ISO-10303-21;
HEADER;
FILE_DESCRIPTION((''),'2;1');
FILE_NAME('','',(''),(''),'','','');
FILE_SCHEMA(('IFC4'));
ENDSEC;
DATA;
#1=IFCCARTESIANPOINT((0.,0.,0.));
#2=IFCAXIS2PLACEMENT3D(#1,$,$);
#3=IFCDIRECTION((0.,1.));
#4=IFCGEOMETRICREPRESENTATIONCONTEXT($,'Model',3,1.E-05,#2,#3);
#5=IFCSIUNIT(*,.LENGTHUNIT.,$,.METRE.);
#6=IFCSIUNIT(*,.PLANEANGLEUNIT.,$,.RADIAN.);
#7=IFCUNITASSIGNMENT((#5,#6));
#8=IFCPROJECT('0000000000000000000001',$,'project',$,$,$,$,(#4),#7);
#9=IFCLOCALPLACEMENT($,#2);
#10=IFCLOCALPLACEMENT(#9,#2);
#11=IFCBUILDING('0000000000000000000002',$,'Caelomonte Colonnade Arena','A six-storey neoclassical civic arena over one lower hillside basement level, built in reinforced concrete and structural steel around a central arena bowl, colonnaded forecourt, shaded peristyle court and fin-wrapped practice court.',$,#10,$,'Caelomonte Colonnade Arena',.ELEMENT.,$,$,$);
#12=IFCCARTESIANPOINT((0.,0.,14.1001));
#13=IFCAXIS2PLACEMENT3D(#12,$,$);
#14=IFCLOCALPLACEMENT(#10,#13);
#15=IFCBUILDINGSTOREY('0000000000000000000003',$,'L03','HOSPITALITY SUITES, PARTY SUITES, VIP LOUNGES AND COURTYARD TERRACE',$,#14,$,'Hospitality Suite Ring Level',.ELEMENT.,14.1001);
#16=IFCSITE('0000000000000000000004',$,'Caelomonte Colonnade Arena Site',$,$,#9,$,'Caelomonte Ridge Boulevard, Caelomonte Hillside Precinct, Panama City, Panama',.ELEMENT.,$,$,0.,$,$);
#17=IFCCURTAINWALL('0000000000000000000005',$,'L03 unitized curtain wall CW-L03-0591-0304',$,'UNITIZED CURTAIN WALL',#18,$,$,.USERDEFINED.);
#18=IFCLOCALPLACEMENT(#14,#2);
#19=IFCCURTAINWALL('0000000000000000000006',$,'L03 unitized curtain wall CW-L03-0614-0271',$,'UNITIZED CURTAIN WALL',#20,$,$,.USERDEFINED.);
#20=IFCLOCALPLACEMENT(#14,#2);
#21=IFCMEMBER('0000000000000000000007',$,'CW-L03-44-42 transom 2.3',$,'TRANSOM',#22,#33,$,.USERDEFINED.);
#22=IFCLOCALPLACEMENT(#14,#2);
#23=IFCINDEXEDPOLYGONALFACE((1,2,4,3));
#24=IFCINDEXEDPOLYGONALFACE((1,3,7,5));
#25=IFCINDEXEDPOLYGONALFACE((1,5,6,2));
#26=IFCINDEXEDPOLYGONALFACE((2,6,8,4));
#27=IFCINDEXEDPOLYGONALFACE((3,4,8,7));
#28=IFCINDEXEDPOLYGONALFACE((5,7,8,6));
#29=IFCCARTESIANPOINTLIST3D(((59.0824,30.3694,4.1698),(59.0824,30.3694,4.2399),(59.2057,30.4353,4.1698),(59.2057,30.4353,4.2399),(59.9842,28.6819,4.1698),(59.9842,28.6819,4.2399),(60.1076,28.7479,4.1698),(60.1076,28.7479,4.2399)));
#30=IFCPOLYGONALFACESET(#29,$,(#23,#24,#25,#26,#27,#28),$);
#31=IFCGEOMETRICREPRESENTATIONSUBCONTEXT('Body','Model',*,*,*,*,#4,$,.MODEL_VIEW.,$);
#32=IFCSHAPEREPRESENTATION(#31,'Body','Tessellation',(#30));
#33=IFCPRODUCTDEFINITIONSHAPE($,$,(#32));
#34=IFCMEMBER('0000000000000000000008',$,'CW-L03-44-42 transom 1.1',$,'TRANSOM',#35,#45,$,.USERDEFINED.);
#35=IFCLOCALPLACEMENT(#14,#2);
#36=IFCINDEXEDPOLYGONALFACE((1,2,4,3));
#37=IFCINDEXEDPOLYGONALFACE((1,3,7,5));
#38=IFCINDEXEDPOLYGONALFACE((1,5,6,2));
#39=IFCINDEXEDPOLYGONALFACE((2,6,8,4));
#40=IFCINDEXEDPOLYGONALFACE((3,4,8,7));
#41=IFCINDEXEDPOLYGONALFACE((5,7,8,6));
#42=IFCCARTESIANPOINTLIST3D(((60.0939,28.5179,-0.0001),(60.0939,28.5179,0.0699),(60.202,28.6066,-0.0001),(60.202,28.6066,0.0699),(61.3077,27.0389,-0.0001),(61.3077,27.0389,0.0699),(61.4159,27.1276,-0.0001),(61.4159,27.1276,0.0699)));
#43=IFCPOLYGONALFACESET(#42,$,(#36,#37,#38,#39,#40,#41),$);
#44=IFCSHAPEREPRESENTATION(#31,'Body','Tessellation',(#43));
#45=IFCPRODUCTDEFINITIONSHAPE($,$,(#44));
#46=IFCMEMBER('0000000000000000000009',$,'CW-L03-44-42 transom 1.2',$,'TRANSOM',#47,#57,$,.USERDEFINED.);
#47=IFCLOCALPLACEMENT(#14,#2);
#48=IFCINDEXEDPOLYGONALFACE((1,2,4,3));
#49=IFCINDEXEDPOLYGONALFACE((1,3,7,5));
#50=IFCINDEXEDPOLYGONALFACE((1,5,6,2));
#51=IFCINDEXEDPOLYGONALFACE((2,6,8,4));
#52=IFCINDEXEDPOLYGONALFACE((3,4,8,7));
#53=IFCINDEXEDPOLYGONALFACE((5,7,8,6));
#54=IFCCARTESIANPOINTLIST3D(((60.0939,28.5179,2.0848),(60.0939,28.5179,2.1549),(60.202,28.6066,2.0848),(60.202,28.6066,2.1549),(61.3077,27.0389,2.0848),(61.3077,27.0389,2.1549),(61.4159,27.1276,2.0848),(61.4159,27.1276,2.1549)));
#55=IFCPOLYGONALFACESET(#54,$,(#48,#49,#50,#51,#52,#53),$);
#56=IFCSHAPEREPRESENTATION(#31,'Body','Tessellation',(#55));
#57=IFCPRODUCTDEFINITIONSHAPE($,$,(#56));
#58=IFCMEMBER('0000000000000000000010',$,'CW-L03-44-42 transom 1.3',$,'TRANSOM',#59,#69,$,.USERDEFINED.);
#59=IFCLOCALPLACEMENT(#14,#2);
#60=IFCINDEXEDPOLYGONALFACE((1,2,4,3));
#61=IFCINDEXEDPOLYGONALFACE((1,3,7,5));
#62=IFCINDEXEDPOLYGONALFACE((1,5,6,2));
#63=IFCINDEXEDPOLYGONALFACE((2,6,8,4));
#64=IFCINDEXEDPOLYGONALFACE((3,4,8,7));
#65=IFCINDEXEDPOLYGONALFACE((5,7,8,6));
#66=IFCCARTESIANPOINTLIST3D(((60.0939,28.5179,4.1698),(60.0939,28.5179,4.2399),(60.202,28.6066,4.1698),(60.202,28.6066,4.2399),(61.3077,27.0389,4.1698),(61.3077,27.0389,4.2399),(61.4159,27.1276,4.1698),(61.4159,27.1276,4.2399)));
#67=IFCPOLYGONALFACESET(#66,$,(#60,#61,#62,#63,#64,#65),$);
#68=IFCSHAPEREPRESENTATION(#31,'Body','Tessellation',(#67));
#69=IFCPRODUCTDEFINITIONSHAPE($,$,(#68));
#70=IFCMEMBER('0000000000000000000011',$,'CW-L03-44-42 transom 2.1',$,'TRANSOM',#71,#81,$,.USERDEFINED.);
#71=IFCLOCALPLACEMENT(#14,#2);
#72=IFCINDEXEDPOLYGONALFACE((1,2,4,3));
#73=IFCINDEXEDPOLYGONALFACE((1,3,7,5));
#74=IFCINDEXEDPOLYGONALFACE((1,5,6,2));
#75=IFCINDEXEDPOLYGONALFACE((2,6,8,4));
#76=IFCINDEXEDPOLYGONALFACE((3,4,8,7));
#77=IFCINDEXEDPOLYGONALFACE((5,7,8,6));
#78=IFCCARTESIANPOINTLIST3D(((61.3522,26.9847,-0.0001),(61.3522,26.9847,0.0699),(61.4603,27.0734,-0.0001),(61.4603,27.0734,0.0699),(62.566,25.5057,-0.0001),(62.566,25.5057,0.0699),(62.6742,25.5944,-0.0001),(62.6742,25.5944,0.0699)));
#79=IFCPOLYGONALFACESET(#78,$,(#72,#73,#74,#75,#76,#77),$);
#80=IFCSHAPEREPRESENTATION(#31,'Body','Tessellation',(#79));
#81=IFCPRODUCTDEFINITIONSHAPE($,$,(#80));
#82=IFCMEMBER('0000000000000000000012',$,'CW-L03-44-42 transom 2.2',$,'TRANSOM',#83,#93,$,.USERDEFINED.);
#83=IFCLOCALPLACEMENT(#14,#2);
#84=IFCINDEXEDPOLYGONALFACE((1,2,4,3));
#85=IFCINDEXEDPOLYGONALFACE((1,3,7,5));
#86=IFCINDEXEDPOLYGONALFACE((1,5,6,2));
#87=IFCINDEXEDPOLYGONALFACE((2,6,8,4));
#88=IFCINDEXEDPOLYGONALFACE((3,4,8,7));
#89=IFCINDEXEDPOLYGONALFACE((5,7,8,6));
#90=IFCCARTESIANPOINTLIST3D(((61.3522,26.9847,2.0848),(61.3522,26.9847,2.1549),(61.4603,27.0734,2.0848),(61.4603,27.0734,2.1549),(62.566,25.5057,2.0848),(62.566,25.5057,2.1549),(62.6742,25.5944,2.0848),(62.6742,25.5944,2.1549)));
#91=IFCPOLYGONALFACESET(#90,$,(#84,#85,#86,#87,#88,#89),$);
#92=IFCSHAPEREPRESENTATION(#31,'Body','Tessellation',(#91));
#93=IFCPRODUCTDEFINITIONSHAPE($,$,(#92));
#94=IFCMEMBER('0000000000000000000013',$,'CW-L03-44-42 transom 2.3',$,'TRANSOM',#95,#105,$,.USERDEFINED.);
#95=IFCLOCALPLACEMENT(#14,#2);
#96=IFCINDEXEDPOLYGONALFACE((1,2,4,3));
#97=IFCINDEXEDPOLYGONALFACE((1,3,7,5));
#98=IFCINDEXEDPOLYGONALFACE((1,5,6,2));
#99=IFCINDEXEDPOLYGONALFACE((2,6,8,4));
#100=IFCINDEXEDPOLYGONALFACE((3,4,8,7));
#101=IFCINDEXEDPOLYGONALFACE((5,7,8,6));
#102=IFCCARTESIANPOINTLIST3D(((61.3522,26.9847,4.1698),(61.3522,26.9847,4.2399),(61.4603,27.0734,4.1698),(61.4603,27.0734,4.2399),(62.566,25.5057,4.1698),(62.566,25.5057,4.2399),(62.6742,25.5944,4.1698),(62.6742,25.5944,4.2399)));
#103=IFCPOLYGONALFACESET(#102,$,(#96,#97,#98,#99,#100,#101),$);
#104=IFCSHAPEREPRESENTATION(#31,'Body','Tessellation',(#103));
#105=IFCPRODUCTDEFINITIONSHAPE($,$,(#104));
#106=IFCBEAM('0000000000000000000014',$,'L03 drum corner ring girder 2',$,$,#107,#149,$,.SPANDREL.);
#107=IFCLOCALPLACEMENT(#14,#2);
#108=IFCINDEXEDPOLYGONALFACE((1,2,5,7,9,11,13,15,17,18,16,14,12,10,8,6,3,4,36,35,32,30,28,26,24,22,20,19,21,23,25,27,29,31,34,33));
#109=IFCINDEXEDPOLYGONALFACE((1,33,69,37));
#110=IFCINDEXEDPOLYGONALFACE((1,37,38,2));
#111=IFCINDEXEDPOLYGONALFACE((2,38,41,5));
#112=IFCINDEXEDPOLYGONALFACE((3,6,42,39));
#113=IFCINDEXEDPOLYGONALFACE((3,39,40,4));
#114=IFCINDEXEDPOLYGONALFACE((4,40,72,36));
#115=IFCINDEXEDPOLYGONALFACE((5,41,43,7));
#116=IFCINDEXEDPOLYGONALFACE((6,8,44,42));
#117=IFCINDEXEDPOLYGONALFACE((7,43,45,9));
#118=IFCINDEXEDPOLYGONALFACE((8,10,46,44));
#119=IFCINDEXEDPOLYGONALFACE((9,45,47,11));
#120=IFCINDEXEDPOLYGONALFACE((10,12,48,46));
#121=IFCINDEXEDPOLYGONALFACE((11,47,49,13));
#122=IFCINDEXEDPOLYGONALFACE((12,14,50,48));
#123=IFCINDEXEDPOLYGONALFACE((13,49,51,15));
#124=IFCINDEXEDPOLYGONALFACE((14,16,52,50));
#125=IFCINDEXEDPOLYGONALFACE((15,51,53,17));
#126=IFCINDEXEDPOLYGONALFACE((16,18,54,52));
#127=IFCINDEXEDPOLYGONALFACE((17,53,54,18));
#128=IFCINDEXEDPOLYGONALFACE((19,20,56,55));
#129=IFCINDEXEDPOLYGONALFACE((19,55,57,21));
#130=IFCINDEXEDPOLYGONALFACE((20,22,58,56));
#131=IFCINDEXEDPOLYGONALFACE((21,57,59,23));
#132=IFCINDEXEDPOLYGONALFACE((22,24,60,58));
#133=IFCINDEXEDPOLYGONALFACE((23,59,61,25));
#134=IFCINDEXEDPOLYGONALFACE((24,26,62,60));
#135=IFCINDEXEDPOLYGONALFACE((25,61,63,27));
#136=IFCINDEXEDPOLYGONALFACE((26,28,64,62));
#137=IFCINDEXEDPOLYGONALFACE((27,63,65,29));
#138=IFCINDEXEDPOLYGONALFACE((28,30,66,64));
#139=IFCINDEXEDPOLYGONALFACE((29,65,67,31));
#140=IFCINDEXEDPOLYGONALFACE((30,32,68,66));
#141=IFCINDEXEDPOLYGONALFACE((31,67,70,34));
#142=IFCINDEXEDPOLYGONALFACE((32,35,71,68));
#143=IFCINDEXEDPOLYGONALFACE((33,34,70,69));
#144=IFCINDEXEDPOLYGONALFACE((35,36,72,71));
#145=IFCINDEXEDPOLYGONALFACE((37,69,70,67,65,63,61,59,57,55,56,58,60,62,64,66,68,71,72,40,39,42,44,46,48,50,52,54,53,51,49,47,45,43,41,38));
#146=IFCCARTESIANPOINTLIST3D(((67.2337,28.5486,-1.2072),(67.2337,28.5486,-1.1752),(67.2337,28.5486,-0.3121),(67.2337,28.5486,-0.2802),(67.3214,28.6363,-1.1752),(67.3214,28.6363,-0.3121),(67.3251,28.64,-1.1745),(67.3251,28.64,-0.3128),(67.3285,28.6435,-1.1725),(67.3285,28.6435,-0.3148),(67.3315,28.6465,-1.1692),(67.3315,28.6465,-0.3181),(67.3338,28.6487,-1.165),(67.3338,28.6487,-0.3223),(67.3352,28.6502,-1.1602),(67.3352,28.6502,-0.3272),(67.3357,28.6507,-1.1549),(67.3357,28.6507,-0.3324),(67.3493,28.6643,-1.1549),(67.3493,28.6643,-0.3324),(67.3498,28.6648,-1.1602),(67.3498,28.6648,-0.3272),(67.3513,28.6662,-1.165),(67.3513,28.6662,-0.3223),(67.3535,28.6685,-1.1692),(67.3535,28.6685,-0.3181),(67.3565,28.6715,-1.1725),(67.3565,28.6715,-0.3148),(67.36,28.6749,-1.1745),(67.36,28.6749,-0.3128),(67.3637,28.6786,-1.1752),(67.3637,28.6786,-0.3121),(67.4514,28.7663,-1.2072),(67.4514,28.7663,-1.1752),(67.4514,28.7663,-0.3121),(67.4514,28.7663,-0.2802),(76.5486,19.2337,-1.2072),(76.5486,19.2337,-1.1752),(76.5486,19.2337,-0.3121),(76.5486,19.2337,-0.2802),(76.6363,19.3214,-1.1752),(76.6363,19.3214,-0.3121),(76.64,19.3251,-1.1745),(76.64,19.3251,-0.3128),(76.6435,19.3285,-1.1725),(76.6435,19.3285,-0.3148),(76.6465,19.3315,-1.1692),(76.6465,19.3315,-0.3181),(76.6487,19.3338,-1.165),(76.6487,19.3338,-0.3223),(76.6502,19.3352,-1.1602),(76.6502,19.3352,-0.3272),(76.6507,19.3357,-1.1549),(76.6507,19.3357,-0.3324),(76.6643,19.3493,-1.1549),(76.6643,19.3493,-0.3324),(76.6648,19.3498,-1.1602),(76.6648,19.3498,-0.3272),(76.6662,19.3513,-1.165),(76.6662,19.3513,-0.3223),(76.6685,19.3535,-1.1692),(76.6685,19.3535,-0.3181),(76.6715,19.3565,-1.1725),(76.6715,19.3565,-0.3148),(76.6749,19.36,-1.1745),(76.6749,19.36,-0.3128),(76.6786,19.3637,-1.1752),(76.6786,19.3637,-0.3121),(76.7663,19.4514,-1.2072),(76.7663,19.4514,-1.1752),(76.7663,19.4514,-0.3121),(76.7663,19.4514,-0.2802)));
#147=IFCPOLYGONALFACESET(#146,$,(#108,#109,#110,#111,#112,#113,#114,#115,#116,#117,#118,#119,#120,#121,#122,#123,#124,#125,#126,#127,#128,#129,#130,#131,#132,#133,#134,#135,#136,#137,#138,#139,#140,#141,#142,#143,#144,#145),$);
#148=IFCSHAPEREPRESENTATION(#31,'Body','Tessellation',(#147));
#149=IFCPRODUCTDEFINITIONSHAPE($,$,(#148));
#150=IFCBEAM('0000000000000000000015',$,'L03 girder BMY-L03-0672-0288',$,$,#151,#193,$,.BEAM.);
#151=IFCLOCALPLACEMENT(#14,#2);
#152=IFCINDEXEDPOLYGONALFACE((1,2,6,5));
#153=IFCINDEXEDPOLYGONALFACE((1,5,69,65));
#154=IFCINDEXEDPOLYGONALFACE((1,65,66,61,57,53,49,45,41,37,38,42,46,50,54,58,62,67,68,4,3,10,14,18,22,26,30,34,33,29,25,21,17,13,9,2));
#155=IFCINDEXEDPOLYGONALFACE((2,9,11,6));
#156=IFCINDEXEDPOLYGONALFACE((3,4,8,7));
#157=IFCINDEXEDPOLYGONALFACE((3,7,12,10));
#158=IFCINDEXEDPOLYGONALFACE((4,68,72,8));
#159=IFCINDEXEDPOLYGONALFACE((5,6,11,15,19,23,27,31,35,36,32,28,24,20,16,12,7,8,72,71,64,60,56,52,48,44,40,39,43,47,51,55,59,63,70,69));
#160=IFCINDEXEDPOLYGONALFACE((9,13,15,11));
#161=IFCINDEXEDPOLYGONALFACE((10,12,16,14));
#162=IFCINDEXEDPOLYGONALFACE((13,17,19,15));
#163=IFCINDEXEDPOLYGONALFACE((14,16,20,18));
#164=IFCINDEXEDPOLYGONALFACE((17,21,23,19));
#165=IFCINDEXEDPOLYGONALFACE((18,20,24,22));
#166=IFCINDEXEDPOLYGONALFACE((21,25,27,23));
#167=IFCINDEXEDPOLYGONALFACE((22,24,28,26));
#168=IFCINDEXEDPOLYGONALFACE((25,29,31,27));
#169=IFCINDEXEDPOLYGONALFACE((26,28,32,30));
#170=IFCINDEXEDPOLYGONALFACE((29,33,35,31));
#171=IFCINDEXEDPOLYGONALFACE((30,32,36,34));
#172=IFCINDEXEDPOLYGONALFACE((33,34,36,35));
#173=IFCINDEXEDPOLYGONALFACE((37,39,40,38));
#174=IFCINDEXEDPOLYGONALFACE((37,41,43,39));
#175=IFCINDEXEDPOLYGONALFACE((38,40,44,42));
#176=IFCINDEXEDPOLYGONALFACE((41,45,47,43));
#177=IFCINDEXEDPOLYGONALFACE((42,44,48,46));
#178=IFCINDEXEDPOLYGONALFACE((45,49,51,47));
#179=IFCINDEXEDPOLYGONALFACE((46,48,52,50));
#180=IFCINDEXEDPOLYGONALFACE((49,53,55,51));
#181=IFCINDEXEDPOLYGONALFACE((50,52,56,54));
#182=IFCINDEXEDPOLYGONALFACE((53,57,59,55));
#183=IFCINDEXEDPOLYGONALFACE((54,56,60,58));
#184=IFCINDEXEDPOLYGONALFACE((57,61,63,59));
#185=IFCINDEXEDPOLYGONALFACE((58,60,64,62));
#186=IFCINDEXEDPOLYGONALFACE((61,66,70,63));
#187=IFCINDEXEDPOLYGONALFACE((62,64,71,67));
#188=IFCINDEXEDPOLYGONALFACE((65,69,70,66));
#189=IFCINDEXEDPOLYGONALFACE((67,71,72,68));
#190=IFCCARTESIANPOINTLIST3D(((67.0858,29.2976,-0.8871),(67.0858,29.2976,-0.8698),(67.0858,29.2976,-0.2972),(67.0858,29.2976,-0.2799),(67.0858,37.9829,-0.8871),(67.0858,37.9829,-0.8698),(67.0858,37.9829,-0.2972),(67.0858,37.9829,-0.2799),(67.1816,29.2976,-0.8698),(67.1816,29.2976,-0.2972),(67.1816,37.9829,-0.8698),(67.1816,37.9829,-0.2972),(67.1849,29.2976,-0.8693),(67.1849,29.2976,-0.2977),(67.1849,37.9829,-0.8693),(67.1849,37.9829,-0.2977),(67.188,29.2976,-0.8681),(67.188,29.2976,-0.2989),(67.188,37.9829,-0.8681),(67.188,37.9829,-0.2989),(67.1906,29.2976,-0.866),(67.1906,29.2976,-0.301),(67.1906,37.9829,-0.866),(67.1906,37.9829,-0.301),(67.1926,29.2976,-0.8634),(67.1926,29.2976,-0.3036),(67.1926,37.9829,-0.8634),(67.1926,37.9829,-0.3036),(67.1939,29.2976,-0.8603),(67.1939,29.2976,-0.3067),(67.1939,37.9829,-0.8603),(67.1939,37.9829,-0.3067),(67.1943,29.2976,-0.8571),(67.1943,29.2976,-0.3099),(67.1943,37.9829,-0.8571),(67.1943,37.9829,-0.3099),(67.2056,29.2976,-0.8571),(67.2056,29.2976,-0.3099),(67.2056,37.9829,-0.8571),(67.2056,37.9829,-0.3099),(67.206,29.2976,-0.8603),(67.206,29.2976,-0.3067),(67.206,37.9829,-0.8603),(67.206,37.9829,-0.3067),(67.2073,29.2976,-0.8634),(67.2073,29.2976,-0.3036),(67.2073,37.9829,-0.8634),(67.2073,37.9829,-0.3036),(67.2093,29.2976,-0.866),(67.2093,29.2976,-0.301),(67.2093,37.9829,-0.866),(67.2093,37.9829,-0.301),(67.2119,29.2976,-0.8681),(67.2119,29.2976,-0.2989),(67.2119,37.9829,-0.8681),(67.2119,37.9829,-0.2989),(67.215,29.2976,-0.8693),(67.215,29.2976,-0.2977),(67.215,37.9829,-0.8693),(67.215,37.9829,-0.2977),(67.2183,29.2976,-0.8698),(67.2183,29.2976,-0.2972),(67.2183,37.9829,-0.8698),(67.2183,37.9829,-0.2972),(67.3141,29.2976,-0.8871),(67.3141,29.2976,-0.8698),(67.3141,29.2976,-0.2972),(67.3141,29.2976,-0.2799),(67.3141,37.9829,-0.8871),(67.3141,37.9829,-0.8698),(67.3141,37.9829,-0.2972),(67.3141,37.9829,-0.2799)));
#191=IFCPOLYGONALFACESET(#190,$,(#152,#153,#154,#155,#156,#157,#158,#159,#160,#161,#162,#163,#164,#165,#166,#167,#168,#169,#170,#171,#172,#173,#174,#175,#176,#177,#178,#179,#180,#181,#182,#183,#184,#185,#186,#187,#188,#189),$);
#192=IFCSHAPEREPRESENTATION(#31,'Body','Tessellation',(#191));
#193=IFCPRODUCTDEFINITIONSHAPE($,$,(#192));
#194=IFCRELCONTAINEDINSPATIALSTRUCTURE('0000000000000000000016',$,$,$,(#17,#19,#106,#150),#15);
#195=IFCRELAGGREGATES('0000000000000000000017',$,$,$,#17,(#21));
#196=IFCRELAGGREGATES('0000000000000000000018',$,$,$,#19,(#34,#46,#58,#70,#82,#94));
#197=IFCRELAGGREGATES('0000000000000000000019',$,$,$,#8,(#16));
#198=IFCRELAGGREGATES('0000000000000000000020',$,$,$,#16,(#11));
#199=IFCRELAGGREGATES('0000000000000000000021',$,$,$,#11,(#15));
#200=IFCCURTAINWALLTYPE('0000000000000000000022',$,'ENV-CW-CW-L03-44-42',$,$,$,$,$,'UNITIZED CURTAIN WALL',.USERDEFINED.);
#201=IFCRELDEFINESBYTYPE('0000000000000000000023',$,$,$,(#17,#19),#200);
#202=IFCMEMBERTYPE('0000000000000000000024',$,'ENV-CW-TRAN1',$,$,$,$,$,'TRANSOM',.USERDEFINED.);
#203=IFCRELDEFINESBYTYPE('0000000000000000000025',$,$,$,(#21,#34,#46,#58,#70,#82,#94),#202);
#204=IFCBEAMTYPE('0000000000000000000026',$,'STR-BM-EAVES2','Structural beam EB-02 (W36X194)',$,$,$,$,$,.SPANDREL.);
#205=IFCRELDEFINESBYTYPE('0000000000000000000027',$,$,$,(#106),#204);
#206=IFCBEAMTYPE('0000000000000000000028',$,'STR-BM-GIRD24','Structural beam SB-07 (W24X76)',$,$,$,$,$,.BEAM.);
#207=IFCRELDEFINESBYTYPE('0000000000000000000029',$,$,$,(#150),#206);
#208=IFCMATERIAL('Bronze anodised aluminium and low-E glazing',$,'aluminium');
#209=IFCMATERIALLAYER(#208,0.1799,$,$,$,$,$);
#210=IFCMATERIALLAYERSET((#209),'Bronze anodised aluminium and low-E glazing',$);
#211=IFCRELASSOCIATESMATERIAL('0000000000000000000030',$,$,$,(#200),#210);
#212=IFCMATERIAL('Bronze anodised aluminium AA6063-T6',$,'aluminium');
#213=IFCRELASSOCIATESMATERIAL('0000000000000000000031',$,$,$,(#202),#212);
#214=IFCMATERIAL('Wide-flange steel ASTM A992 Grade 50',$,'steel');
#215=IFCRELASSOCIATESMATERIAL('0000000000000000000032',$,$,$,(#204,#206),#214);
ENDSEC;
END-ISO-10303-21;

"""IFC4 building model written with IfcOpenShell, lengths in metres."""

from ifc_helpers import new_model, si_unit, direction, frame, origin, origin_2d, place, context, subcontext, project, spatial, rectangle, i_section, extrude, material, layer, layer_set, material_profile, profile_set, type_object, element, aggregate, save


model = new_model("IFC4")

# Units and contexts
model_context = context("Model", 3, precision=1e-05, world=origin(), true_north=direction((0.0, 1.0)))
body_context = subcontext(model_context, "Body", "Model", "MODEL_VIEW")
ifc_project = project(units=[si_unit("LENGTHUNIT", "METRE"), si_unit("PLANEANGLEUNIT", "RADIAN")], contexts=[model_context])

# Site, building, storey
site_placement = place(None, origin())
site = spatial("IfcSite", under=ifc_project, at=site_placement, Name="Caelomonte Colonnade Arena Site", LongName="Caelomonte Ridge Boulevard, Caelomonte Hillside Precinct, Panama City, Panama", CompositionType="ELEMENT", RefElevation=0.0)
building_placement = place(site_placement, origin())
building = spatial("IfcBuilding", under=site, at=building_placement, Name="Caelomonte Colonnade Arena", Description="A six-storey neoclassical civic arena over one lower hillside basement level, built in reinforced concrete and structural steel around a central arena bowl, colonnaded forecourt, shaded peristyle court and fin-wrapped practice court.", LongName="Caelomonte Colonnade Arena", CompositionType="ELEMENT")
storey_placement = place(building_placement, frame((0.0, 0.0, 14.1001)))
storey = spatial("IfcBuildingStorey", under=building, at=storey_placement, Name="L03", Description="HOSPITALITY SUITES, PARTY SUITES, VIP LOUNGES AND COURTYARD TERRACE", LongName="Hospitality Suite Ring Level", CompositionType="ELEMENT", Elevation=14.1001)

# Shared definitions
ifc_material_1 = material(Name="Wide-flange steel ASTM A992 Grade 50", Category="steel")

# Shared definitions
ifc_material_2 = material(Name="Bronze anodised aluminium and low-E glazing", Category="aluminium")
ifc_layer_1 = layer(ifc_material_2, 0.1799)
ifc_layer_set_1 = layer_set([ifc_layer_1], Name="Bronze anodised aluminium and low-E glazing")
curtain_wall_type = type_object("IfcCurtainWallType", Name="ENV-CW-CW-L03-44-42", ElementType="UNITIZED CURTAIN WALL", PredefinedType="USERDEFINED", material=ifc_layer_set_1)
ifc_material_3 = material(Name="Bronze anodised aluminium AA6063-T6", Category="aluminium")

# Curtain walls
curtain_wall_1_placement = place(storey_placement, origin())
curtain_wall_1 = element("IfcCurtainWall", 1, at=curtain_wall_1_placement, inside=storey, type_object=curtain_wall_type, Name="L03 unitized curtain wall CW-L03-0591-0304", ObjectType="UNITIZED CURTAIN WALL", PredefinedType="USERDEFINED")
curtain_wall_2_placement = place(storey_placement, origin())
curtain_wall_2 = element("IfcCurtainWall", 2, at=curtain_wall_2_placement, inside=storey, type_object=curtain_wall_type, Name="L03 unitized curtain wall CW-L03-0614-0271", ObjectType="UNITIZED CURTAIN WALL", PredefinedType="USERDEFINED")

# Members
ifc_material_profile_1 = material_profile(ifc_material_3, rectangle(XDim=0.0701, YDim=0.1399, at=origin_2d()), Name="CWT-70X140")
ifc_profile_set_1 = profile_set([ifc_material_profile_1], Name="Bronze anodised aluminium AA6063-T6")
member_type_1 = type_object("IfcMemberType", Name="ENV-CW-TRAN1", ElementType="TRANSOM", PredefinedType="USERDEFINED", material=ifc_profile_set_1)
member_1_placement = place(storey_placement, frame((59.144, 30.4023, 4.2048), z_axis=(0.471343, -0.88195, 0.0), x_axis=(0.0, 0.0, 1.0)))
member_1 = element("IfcMember", 3, at=member_1_placement, type_object=member_type_1, Name="CW-L03-44-42 transom 2.3", ObjectType="TRANSOM", PredefinedType="USERDEFINED", context=body_context, shape_type="SweptSolid", body=[
    extrude(rectangle(XDim=0.0701, YDim=0.1399, at=origin_2d()), origin(), (0.0, 0.0, 1.0), 1.9133),
])
member_2_placement = place(storey_placement, frame((60.1479, 28.5623, 0.0349), z_axis=(0.634418, -0.77299, 0.0), x_axis=(0.0, 0.0, 1.0)))
member_2 = element("IfcMember", 4, at=member_2_placement, type_object=member_type_1, Name="CW-L03-44-42 transom 1.1", ObjectType="TRANSOM", PredefinedType="USERDEFINED", context=body_context, shape_type="SweptSolid", body=[
    extrude(rectangle(XDim=0.0701, YDim=0.1399, at=origin_2d()), origin(), (0.0, 0.0, 1.0), 1.9133),
])
member_3_placement = place(storey_placement, frame((60.1479, 28.5623, 2.1199), z_axis=(0.634418, -0.77299, 0.0), x_axis=(0.0, 0.0, 1.0)))
member_3 = element("IfcMember", 5, at=member_3_placement, type_object=member_type_1, Name="CW-L03-44-42 transom 1.2", ObjectType="TRANSOM", PredefinedType="USERDEFINED", context=body_context, shape_type="SweptSolid", body=[
    extrude(rectangle(XDim=0.0701, YDim=0.1399, at=origin_2d()), origin(), (0.0, 0.0, 1.0), 1.9133),
])
member_4_placement = place(storey_placement, frame((60.1479, 28.5623, 4.2048), z_axis=(0.634418, -0.77299, 0.0), x_axis=(0.0, 0.0, 1.0)))
member_4 = element("IfcMember", 6, at=member_4_placement, type_object=member_type_1, Name="CW-L03-44-42 transom 1.3", ObjectType="TRANSOM", PredefinedType="USERDEFINED", context=body_context, shape_type="SweptSolid", body=[
    extrude(rectangle(XDim=0.0701, YDim=0.1399, at=origin_2d()), origin(), (0.0, 0.0, 1.0), 1.9133),
])
member_5_placement = place(storey_placement, frame((61.4062, 27.0291, 0.0349), z_axis=(0.634418, -0.77299, 0.0), x_axis=(0.0, 0.0, 1.0)))
member_5 = element("IfcMember", 7, at=member_5_placement, type_object=member_type_1, Name="CW-L03-44-42 transom 2.1", ObjectType="TRANSOM", PredefinedType="USERDEFINED", context=body_context, shape_type="SweptSolid", body=[
    extrude(rectangle(XDim=0.0701, YDim=0.1399, at=origin_2d()), origin(), (0.0, 0.0, 1.0), 1.9133),
])
member_6_placement = place(storey_placement, frame((61.4062, 27.0291, 2.1199), z_axis=(0.634418, -0.77299, 0.0), x_axis=(0.0, 0.0, 1.0)))
member_6 = element("IfcMember", 8, at=member_6_placement, type_object=member_type_1, Name="CW-L03-44-42 transom 2.2", ObjectType="TRANSOM", PredefinedType="USERDEFINED", context=body_context, shape_type="SweptSolid", body=[
    extrude(rectangle(XDim=0.0701, YDim=0.1399, at=origin_2d()), origin(), (0.0, 0.0, 1.0), 1.9133),
])
member_7_placement = place(storey_placement, frame((61.4062, 27.0291, 4.2048), z_axis=(0.634418, -0.77299, 0.0), x_axis=(0.0, 0.0, 1.0)))
member_7 = element("IfcMember", 9, at=member_7_placement, type_object=member_type_1, Name="CW-L03-44-42 transom 2.3", ObjectType="TRANSOM", PredefinedType="USERDEFINED", context=body_context, shape_type="SweptSolid", body=[
    extrude(rectangle(XDim=0.0701, YDim=0.1399, at=origin_2d()), origin(), (0.0, 0.0, 1.0), 1.9133),
])

# Beams
ifc_material_profile_2 = material_profile(ifc_material_1, i_section(OverallWidth=0.3079, OverallDepth=0.927, WebThickness=0.0193, FlangeThickness=0.032, FilletRadius=0.0203, at=origin_2d()), Name="W36X194")
ifc_profile_set_2 = profile_set([ifc_material_profile_2], Name="Wide-flange steel ASTM A992 Grade 50")
beam_type_1 = type_object("IfcBeamType", Name="STR-BM-EAVES2", Description="Structural beam EB-02 (W36X194)", PredefinedType="SPANDREL", material=ifc_profile_set_2)
beam_1_placement = place(storey_placement, frame((67.3425, 28.6575, -0.7437), z_axis=(0.707107, -0.707107, 0.0), x_axis=(0.707107, 0.707107, 0.0)))
element("IfcBeam", 10, at=beam_1_placement, inside=storey, type_object=beam_type_1, Name="L03 drum corner ring girder 2", PredefinedType="SPANDREL", context=body_context, shape_type="SweptSolid", body=[
    extrude(i_section(OverallWidth=0.3079, OverallDepth=0.927, WebThickness=0.0193, FlangeThickness=0.032, FilletRadius=0.0203, at=origin_2d()), origin(), (0.0, 0.0, 1.0), 13.1733),
])
ifc_material_profile_3 = material_profile(ifc_material_1, i_section(OverallWidth=0.2283, OverallDepth=0.6072, WebThickness=0.0112, FlangeThickness=0.0173, FilletRadius=0.0127, at=origin_2d()), Name="W24X76")
ifc_profile_set_3 = profile_set([ifc_material_profile_3], Name="Wide-flange steel ASTM A992 Grade 50")
beam_type_2 = type_object("IfcBeamType", Name="STR-BM-GIRD24", Description="Structural beam SB-07 (W24X76)", PredefinedType="BEAM", material=ifc_profile_set_3)
beam_2_placement = place(storey_placement, frame((67.2, 29.2976, -0.5835), z_axis=(0.0, 1.0, 0.0), x_axis=(-1.0, 0.0, 0.0)))
element("IfcBeam", 11, at=beam_2_placement, inside=storey, type_object=beam_type_2, Name="L03 girder BMY-L03-0672-0288", PredefinedType="BEAM", context=body_context, shape_type="SweptSolid", body=[
    extrude(i_section(OverallWidth=0.2283, OverallDepth=0.6072, WebThickness=0.0112, FlangeThickness=0.0173, FilletRadius=0.0127, at=origin_2d()), origin(), (0.0, 0.0, 1.0), 8.6853),
])

aggregate(curtain_wall_1, [member_1])
aggregate(curtain_wall_2, [member_2, member_3, member_4, member_5, member_6, member_7])

save(model, "model.ifc")
